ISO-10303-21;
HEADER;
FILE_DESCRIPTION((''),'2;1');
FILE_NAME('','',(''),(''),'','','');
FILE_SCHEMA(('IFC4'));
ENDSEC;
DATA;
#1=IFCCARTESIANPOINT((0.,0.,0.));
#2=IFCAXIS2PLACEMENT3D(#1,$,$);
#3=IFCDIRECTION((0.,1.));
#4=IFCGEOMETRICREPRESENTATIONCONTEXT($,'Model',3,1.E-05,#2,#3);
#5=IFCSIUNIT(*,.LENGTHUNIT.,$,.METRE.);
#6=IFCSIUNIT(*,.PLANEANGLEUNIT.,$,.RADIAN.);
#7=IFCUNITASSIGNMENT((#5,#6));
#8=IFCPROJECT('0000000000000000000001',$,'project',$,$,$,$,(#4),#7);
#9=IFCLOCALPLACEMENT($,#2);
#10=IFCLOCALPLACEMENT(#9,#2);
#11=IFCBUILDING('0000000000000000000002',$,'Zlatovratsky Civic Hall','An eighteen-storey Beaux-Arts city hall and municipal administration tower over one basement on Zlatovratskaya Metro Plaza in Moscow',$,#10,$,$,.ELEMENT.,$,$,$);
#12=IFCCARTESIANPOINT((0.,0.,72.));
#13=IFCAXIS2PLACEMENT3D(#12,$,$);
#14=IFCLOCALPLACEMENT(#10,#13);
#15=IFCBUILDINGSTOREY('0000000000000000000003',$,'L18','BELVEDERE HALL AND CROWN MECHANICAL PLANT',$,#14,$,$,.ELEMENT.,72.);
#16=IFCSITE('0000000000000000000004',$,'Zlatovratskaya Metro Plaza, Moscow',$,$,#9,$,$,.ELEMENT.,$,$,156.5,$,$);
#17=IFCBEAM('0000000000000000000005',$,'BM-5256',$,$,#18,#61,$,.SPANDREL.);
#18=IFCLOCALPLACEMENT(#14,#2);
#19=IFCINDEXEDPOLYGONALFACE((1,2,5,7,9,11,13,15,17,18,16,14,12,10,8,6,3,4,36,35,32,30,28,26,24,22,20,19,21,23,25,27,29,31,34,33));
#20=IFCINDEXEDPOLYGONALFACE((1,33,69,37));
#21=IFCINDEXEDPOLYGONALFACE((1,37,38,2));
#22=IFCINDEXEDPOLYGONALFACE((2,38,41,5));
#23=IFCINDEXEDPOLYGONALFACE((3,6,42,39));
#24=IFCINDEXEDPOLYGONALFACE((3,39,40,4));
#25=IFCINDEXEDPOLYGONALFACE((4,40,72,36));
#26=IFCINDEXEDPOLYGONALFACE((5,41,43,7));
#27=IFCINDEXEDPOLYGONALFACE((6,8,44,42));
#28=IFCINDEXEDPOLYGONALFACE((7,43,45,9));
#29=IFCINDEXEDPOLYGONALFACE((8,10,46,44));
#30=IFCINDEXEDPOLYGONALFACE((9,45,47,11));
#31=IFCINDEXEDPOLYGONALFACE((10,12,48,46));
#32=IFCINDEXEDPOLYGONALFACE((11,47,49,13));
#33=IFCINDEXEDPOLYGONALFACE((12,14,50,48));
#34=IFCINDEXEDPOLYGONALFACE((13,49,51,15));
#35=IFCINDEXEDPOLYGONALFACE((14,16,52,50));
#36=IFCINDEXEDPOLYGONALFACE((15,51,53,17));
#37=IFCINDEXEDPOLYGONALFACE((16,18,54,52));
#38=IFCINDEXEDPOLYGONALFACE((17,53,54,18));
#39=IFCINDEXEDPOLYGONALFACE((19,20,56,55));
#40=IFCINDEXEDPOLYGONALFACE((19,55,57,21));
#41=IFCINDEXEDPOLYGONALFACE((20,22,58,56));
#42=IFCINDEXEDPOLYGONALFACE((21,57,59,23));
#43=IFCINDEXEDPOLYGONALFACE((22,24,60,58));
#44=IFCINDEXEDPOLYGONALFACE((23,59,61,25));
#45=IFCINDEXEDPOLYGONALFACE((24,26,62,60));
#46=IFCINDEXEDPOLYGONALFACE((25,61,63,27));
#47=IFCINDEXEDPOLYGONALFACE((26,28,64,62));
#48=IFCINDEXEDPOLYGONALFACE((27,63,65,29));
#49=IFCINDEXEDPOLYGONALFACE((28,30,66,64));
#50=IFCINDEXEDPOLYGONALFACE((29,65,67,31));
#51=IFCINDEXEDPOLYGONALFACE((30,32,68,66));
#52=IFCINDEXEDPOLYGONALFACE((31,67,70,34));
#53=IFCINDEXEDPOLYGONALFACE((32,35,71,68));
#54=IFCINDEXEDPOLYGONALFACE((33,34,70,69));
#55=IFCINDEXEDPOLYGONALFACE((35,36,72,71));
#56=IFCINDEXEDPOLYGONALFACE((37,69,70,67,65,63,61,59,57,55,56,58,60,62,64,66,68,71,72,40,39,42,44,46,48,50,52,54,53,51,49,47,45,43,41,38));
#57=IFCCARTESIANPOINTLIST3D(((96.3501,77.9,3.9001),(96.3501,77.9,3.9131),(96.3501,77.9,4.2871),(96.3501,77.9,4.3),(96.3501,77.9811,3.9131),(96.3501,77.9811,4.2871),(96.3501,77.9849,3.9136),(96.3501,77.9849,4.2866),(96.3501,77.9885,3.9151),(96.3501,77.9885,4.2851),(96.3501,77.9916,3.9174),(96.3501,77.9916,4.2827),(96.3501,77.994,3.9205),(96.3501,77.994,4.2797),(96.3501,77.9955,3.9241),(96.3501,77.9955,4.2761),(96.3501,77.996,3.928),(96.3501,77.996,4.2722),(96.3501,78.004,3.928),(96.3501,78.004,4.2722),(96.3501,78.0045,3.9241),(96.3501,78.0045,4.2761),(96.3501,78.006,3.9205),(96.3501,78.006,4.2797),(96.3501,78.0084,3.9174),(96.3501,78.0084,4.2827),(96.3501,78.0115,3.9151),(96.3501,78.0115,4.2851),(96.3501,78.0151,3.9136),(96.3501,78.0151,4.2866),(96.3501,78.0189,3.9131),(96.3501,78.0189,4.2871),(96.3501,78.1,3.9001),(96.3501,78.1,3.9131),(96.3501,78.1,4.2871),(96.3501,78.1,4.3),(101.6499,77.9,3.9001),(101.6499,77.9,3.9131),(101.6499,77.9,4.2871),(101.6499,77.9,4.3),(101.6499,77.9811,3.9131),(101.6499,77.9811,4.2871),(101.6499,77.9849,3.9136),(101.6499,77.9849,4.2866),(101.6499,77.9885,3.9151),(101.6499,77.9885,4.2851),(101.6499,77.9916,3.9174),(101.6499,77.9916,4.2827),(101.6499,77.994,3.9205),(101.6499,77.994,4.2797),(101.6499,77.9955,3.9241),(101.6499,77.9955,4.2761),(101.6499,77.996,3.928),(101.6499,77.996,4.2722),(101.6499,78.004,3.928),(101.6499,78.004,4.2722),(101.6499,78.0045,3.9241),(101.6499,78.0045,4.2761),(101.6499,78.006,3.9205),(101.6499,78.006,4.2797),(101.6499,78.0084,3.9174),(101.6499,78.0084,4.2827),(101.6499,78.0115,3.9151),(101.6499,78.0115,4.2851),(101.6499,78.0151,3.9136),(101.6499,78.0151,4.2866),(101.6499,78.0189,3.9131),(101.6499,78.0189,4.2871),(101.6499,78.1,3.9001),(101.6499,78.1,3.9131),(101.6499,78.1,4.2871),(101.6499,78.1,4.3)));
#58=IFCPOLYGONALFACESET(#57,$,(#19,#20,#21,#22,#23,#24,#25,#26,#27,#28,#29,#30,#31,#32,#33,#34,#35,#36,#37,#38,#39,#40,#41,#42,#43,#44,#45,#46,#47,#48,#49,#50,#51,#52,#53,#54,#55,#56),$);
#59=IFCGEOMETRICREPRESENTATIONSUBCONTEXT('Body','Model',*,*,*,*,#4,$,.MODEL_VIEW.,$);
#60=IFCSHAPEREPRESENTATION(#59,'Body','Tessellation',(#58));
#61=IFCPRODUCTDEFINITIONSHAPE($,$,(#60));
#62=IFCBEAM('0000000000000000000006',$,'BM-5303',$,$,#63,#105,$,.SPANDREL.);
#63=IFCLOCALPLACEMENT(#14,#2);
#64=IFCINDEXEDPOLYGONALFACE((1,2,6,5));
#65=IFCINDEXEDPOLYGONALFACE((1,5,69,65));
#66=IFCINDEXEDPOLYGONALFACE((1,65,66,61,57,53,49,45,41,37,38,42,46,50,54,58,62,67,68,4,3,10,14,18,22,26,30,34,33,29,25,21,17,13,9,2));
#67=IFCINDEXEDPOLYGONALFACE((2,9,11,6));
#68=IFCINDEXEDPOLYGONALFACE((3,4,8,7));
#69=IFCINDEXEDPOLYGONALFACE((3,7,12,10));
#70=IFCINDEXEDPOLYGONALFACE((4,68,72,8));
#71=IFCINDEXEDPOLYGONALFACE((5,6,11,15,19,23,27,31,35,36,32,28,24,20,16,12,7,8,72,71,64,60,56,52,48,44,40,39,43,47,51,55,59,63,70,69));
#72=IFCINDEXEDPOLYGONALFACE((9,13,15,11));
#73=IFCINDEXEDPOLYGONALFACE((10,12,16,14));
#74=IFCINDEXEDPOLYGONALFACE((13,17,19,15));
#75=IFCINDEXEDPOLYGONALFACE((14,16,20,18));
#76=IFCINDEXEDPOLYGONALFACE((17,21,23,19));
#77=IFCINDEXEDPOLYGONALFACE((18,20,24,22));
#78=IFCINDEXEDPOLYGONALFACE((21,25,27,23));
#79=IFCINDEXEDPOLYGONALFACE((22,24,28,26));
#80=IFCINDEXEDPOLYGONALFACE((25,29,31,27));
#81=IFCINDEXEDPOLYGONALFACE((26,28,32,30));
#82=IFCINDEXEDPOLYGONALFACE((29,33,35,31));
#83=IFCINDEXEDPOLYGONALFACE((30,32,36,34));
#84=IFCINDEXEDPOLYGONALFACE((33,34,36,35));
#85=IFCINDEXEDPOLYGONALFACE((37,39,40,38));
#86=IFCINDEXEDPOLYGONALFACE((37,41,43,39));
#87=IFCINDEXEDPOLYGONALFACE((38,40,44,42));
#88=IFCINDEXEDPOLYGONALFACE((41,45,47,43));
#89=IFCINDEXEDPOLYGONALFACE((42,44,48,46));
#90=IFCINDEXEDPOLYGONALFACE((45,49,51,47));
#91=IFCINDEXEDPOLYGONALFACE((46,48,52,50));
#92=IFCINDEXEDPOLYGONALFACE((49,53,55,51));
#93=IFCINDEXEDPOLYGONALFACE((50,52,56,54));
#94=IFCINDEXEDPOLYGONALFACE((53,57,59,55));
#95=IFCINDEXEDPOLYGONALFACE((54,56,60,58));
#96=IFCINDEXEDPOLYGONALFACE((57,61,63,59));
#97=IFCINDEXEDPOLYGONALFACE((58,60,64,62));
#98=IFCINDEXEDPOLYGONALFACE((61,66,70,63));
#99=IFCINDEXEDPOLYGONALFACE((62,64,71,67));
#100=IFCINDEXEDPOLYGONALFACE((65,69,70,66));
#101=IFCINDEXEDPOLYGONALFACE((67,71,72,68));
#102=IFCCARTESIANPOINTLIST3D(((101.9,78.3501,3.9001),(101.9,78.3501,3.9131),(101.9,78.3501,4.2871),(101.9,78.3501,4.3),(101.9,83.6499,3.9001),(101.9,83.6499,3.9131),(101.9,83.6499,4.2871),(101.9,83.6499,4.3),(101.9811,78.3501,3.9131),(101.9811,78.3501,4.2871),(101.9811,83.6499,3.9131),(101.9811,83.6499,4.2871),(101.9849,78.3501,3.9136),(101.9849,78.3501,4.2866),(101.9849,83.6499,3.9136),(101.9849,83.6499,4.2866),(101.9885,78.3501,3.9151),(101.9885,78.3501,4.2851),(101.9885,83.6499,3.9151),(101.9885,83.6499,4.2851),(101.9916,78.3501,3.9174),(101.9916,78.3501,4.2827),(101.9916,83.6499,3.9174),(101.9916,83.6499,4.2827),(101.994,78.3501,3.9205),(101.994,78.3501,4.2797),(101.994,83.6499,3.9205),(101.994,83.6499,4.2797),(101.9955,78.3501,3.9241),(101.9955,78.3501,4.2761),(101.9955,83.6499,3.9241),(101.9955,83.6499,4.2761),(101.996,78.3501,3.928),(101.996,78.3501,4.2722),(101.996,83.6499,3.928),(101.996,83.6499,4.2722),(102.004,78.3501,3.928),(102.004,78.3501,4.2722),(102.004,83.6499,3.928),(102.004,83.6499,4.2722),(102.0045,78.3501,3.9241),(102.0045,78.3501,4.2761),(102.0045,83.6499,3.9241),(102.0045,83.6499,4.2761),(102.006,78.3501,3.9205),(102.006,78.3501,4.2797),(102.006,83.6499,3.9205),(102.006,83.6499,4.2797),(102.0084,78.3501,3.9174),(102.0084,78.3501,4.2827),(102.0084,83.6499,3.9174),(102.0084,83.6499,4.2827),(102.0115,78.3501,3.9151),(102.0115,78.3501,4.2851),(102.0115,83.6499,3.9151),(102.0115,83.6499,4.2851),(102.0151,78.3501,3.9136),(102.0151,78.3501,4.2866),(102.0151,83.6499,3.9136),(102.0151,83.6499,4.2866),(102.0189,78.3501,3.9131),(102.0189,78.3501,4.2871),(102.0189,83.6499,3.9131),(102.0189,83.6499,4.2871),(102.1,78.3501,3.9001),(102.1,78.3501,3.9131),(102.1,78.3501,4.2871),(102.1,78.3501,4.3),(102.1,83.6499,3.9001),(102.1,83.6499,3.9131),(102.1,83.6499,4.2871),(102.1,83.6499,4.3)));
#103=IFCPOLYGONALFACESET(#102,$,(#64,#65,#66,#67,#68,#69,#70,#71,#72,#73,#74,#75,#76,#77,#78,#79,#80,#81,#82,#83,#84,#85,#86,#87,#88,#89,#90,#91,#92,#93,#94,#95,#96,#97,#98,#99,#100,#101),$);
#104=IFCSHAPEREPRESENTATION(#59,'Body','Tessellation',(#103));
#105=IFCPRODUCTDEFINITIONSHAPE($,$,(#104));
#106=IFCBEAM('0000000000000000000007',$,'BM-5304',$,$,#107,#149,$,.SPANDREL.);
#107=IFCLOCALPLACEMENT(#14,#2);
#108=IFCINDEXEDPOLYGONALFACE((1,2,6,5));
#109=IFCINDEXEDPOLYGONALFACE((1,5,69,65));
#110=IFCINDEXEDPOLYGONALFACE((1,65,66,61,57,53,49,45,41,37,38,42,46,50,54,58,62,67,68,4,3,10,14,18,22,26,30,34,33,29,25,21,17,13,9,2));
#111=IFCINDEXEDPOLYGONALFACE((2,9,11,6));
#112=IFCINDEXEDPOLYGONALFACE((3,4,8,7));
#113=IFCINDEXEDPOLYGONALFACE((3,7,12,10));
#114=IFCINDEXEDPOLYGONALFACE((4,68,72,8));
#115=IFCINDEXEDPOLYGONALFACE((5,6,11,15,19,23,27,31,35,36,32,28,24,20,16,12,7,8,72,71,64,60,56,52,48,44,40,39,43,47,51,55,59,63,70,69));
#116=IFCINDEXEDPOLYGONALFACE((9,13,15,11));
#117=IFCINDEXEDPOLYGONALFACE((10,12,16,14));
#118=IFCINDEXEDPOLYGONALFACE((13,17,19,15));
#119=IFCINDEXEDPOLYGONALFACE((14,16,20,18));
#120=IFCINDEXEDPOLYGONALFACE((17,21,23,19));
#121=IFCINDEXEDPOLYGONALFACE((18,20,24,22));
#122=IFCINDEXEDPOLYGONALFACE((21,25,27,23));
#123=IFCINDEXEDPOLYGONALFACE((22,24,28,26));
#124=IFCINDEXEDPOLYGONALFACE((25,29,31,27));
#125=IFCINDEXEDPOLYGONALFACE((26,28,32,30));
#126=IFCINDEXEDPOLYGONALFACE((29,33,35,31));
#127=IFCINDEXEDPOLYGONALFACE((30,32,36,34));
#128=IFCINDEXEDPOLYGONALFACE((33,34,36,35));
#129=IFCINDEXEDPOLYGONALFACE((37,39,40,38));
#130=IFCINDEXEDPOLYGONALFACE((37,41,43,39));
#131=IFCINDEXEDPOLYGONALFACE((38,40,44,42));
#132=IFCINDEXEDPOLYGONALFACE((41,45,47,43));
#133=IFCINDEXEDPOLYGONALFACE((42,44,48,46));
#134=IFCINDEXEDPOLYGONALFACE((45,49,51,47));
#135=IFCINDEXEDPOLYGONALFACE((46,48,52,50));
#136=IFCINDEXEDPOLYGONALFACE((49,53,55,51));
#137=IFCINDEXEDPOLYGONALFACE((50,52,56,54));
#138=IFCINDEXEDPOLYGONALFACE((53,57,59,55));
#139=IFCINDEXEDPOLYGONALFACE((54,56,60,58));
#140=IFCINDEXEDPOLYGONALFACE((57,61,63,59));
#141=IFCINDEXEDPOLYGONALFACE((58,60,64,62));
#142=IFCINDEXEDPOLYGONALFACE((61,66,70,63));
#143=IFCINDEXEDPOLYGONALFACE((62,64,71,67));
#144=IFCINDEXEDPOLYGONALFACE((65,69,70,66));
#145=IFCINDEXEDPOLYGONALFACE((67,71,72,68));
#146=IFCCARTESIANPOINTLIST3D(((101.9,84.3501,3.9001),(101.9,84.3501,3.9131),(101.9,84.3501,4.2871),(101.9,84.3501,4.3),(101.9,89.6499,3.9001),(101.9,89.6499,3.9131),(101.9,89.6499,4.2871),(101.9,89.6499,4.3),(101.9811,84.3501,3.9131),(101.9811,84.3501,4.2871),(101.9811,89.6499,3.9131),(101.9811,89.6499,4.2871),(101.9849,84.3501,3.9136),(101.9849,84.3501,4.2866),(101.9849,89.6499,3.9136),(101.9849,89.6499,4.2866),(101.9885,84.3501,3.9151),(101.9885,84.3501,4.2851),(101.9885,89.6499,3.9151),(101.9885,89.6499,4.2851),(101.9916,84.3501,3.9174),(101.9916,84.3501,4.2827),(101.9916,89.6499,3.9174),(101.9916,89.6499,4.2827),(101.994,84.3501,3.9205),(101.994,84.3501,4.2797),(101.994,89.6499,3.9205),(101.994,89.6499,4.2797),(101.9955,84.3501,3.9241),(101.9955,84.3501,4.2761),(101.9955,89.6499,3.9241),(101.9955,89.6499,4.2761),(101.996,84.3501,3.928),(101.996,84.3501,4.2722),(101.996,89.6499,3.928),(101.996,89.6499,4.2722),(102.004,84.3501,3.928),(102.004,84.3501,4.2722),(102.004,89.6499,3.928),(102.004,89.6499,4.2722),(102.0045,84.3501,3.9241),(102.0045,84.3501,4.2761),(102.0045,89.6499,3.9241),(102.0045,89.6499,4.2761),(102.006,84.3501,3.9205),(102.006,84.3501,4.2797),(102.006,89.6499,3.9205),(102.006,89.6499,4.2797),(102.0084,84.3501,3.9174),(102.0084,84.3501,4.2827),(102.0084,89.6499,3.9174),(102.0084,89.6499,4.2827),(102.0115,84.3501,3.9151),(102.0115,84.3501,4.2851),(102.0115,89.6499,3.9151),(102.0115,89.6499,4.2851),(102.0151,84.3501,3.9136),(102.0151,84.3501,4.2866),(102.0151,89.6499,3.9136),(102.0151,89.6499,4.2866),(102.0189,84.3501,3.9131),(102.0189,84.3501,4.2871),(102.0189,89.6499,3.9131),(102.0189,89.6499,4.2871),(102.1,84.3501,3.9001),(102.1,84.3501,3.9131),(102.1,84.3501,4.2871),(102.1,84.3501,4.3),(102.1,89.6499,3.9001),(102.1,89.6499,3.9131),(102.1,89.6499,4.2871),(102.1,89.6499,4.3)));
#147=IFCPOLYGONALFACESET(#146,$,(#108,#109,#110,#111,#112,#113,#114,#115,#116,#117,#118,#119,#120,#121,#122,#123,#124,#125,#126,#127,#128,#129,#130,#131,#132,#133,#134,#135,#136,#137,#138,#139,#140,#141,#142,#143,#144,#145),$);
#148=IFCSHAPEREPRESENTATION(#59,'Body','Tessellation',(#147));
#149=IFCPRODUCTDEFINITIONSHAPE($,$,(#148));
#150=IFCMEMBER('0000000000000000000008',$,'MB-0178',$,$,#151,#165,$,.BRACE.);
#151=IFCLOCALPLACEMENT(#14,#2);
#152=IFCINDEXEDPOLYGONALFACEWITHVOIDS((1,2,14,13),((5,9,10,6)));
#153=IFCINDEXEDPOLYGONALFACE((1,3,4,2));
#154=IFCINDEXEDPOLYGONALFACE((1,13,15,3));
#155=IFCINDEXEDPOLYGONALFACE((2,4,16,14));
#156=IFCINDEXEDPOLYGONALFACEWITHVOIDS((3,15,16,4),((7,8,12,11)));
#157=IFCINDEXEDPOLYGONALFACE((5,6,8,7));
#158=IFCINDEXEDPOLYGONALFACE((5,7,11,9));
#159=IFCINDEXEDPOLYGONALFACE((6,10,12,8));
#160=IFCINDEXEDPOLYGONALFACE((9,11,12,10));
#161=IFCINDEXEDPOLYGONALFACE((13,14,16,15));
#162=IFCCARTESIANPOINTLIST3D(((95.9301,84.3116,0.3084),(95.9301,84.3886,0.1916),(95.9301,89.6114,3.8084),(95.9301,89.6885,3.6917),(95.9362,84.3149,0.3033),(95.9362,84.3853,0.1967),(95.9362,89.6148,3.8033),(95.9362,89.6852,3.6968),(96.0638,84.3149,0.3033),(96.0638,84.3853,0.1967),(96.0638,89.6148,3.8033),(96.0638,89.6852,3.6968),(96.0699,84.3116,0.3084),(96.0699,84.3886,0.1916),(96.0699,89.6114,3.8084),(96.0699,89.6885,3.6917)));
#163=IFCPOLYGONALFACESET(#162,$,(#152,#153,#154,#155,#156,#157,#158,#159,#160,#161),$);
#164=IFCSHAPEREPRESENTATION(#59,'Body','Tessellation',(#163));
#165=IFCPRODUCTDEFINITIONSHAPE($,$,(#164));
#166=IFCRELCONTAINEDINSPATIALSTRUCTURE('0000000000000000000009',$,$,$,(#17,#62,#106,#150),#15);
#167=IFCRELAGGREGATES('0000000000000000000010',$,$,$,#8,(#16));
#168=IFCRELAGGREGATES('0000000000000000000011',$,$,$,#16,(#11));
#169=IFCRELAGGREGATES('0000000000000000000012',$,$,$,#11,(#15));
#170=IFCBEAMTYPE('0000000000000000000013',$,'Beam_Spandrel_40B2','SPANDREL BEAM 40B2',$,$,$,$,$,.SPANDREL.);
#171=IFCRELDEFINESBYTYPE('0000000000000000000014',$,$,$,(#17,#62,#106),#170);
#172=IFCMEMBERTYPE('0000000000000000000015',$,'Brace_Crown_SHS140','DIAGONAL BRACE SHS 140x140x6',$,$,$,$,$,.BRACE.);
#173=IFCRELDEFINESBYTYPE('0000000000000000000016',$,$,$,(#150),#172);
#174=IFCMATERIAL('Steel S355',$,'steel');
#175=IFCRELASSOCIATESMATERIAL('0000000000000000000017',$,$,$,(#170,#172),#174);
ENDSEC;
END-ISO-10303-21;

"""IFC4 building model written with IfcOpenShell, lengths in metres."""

from ifc_helpers import new_model, si_unit, direction, frame, origin, origin_2d, place, context, subcontext, project, spatial, hollow_rectangle, i_section, extrude, material, material_profile, profile_set, type_object, element, save


model = new_model("IFC4")

# Units and contexts
model_context = context("Model", 3, precision=1e-05, world=origin(), true_north=direction((0.0, 1.0)))
body_context = subcontext(model_context, "Body", "Model", "MODEL_VIEW")
ifc_project = project(units=[si_unit("LENGTHUNIT", "METRE"), si_unit("PLANEANGLEUNIT", "RADIAN")], contexts=[model_context])

# Site, building, storey
site_placement = place(None, origin())
site = spatial("IfcSite", under=ifc_project, at=site_placement, Name="Zlatovratskaya Metro Plaza, Moscow", CompositionType="ELEMENT", RefElevation=156.5)
building_placement = place(site_placement, origin())
building = spatial("IfcBuilding", under=site, at=building_placement, Name="Zlatovratsky Civic Hall", Description="An eighteen-storey Beaux-Arts city hall and municipal administration tower over one basement on Zlatovratskaya Metro Plaza in Moscow", CompositionType="ELEMENT")
storey_placement = place(building_placement, frame((0.0, 0.0, 72.0)))
storey = spatial("IfcBuildingStorey", under=building, at=storey_placement, Name="L18", Description="BELVEDERE HALL AND CROWN MECHANICAL PLANT", CompositionType="ELEMENT", Elevation=72.0)

# Beams
ifc_material_1 = material(Name="Steel S355", Category="steel")
ifc_material_profile_1 = material_profile(ifc_material_1, i_section(OverallWidth=0.2, OverallDepth=0.3999, WebThickness=0.0081, FlangeThickness=0.0129, FilletRadius=0.0149, at=origin_2d()), Name="40B2")
ifc_profile_set_1 = profile_set([ifc_material_profile_1], Name="Steel S355")
beam_type_1 = type_object("IfcBeamType", Name="Beam_Spandrel_40B2", Description="SPANDREL BEAM 40B2", PredefinedType="SPANDREL", material=ifc_profile_set_1)
for number, where, z_axis, x_axis, name in (
    (1, (96.3501, 78.0, 4.1001), (1.0, 0.0, 0.0), (0.0, 1.0, 0.0), "BM-5256"),
    (2, (102.0, 78.3501, 4.1001), (0.0, 1.0, 0.0), (-1.0, 0.0, 0.0), "BM-5303"),
    (3, (102.0, 84.3501, 4.1001), (0.0, 1.0, 0.0), (-1.0, 0.0, 0.0), "BM-5304"),
):
    element("IfcBeam", number, at=place(storey_placement, frame(where, z_axis=z_axis, x_axis=x_axis)), inside=storey, type_object=beam_type_1, Name=name, PredefinedType="SPANDREL", context=body_context, shape_type="SweptSolid", body=[
        extrude(i_section(OverallWidth=0.2, OverallDepth=0.3999, WebThickness=0.0081, FlangeThickness=0.0129, FilletRadius=0.0149, at=origin_2d()), origin(), (0.0, 0.0, 1.0), 5.2998),
    ])

# Member
ifc_material_profile_2 = material_profile(ifc_material_1, hollow_rectangle(XDim=0.1399, YDim=0.1399, WallThickness=0.0061, at=origin_2d()), Name="SHS 140x140x6")
ifc_profile_set_2 = profile_set([ifc_material_profile_2], Name="Steel S355")
member_type = type_object("IfcMemberType", Name="Brace_Crown_SHS140", Description="DIAGONAL BRACE SHS 140x140x6", PredefinedType="BRACE", material=ifc_profile_set_2)
member_placement = place(storey_placement, frame((96.0, 84.3501, 0.25), z_axis=(0.0, 0.834455, 0.551076), x_axis=(-1.0, 0.0, 0.0)))
element("IfcMember", 4, at=member_placement, inside=storey, type_object=member_type, Name="MB-0178", PredefinedType="BRACE", context=body_context, shape_type="SweptSolid", body=[
    extrude(hollow_rectangle(XDim=0.1399, YDim=0.1399, WallThickness=0.0061, at=origin_2d()), origin(), (0.0, 0.0, 1.0), 6.3513),
])

save(model, "model.ifc")
